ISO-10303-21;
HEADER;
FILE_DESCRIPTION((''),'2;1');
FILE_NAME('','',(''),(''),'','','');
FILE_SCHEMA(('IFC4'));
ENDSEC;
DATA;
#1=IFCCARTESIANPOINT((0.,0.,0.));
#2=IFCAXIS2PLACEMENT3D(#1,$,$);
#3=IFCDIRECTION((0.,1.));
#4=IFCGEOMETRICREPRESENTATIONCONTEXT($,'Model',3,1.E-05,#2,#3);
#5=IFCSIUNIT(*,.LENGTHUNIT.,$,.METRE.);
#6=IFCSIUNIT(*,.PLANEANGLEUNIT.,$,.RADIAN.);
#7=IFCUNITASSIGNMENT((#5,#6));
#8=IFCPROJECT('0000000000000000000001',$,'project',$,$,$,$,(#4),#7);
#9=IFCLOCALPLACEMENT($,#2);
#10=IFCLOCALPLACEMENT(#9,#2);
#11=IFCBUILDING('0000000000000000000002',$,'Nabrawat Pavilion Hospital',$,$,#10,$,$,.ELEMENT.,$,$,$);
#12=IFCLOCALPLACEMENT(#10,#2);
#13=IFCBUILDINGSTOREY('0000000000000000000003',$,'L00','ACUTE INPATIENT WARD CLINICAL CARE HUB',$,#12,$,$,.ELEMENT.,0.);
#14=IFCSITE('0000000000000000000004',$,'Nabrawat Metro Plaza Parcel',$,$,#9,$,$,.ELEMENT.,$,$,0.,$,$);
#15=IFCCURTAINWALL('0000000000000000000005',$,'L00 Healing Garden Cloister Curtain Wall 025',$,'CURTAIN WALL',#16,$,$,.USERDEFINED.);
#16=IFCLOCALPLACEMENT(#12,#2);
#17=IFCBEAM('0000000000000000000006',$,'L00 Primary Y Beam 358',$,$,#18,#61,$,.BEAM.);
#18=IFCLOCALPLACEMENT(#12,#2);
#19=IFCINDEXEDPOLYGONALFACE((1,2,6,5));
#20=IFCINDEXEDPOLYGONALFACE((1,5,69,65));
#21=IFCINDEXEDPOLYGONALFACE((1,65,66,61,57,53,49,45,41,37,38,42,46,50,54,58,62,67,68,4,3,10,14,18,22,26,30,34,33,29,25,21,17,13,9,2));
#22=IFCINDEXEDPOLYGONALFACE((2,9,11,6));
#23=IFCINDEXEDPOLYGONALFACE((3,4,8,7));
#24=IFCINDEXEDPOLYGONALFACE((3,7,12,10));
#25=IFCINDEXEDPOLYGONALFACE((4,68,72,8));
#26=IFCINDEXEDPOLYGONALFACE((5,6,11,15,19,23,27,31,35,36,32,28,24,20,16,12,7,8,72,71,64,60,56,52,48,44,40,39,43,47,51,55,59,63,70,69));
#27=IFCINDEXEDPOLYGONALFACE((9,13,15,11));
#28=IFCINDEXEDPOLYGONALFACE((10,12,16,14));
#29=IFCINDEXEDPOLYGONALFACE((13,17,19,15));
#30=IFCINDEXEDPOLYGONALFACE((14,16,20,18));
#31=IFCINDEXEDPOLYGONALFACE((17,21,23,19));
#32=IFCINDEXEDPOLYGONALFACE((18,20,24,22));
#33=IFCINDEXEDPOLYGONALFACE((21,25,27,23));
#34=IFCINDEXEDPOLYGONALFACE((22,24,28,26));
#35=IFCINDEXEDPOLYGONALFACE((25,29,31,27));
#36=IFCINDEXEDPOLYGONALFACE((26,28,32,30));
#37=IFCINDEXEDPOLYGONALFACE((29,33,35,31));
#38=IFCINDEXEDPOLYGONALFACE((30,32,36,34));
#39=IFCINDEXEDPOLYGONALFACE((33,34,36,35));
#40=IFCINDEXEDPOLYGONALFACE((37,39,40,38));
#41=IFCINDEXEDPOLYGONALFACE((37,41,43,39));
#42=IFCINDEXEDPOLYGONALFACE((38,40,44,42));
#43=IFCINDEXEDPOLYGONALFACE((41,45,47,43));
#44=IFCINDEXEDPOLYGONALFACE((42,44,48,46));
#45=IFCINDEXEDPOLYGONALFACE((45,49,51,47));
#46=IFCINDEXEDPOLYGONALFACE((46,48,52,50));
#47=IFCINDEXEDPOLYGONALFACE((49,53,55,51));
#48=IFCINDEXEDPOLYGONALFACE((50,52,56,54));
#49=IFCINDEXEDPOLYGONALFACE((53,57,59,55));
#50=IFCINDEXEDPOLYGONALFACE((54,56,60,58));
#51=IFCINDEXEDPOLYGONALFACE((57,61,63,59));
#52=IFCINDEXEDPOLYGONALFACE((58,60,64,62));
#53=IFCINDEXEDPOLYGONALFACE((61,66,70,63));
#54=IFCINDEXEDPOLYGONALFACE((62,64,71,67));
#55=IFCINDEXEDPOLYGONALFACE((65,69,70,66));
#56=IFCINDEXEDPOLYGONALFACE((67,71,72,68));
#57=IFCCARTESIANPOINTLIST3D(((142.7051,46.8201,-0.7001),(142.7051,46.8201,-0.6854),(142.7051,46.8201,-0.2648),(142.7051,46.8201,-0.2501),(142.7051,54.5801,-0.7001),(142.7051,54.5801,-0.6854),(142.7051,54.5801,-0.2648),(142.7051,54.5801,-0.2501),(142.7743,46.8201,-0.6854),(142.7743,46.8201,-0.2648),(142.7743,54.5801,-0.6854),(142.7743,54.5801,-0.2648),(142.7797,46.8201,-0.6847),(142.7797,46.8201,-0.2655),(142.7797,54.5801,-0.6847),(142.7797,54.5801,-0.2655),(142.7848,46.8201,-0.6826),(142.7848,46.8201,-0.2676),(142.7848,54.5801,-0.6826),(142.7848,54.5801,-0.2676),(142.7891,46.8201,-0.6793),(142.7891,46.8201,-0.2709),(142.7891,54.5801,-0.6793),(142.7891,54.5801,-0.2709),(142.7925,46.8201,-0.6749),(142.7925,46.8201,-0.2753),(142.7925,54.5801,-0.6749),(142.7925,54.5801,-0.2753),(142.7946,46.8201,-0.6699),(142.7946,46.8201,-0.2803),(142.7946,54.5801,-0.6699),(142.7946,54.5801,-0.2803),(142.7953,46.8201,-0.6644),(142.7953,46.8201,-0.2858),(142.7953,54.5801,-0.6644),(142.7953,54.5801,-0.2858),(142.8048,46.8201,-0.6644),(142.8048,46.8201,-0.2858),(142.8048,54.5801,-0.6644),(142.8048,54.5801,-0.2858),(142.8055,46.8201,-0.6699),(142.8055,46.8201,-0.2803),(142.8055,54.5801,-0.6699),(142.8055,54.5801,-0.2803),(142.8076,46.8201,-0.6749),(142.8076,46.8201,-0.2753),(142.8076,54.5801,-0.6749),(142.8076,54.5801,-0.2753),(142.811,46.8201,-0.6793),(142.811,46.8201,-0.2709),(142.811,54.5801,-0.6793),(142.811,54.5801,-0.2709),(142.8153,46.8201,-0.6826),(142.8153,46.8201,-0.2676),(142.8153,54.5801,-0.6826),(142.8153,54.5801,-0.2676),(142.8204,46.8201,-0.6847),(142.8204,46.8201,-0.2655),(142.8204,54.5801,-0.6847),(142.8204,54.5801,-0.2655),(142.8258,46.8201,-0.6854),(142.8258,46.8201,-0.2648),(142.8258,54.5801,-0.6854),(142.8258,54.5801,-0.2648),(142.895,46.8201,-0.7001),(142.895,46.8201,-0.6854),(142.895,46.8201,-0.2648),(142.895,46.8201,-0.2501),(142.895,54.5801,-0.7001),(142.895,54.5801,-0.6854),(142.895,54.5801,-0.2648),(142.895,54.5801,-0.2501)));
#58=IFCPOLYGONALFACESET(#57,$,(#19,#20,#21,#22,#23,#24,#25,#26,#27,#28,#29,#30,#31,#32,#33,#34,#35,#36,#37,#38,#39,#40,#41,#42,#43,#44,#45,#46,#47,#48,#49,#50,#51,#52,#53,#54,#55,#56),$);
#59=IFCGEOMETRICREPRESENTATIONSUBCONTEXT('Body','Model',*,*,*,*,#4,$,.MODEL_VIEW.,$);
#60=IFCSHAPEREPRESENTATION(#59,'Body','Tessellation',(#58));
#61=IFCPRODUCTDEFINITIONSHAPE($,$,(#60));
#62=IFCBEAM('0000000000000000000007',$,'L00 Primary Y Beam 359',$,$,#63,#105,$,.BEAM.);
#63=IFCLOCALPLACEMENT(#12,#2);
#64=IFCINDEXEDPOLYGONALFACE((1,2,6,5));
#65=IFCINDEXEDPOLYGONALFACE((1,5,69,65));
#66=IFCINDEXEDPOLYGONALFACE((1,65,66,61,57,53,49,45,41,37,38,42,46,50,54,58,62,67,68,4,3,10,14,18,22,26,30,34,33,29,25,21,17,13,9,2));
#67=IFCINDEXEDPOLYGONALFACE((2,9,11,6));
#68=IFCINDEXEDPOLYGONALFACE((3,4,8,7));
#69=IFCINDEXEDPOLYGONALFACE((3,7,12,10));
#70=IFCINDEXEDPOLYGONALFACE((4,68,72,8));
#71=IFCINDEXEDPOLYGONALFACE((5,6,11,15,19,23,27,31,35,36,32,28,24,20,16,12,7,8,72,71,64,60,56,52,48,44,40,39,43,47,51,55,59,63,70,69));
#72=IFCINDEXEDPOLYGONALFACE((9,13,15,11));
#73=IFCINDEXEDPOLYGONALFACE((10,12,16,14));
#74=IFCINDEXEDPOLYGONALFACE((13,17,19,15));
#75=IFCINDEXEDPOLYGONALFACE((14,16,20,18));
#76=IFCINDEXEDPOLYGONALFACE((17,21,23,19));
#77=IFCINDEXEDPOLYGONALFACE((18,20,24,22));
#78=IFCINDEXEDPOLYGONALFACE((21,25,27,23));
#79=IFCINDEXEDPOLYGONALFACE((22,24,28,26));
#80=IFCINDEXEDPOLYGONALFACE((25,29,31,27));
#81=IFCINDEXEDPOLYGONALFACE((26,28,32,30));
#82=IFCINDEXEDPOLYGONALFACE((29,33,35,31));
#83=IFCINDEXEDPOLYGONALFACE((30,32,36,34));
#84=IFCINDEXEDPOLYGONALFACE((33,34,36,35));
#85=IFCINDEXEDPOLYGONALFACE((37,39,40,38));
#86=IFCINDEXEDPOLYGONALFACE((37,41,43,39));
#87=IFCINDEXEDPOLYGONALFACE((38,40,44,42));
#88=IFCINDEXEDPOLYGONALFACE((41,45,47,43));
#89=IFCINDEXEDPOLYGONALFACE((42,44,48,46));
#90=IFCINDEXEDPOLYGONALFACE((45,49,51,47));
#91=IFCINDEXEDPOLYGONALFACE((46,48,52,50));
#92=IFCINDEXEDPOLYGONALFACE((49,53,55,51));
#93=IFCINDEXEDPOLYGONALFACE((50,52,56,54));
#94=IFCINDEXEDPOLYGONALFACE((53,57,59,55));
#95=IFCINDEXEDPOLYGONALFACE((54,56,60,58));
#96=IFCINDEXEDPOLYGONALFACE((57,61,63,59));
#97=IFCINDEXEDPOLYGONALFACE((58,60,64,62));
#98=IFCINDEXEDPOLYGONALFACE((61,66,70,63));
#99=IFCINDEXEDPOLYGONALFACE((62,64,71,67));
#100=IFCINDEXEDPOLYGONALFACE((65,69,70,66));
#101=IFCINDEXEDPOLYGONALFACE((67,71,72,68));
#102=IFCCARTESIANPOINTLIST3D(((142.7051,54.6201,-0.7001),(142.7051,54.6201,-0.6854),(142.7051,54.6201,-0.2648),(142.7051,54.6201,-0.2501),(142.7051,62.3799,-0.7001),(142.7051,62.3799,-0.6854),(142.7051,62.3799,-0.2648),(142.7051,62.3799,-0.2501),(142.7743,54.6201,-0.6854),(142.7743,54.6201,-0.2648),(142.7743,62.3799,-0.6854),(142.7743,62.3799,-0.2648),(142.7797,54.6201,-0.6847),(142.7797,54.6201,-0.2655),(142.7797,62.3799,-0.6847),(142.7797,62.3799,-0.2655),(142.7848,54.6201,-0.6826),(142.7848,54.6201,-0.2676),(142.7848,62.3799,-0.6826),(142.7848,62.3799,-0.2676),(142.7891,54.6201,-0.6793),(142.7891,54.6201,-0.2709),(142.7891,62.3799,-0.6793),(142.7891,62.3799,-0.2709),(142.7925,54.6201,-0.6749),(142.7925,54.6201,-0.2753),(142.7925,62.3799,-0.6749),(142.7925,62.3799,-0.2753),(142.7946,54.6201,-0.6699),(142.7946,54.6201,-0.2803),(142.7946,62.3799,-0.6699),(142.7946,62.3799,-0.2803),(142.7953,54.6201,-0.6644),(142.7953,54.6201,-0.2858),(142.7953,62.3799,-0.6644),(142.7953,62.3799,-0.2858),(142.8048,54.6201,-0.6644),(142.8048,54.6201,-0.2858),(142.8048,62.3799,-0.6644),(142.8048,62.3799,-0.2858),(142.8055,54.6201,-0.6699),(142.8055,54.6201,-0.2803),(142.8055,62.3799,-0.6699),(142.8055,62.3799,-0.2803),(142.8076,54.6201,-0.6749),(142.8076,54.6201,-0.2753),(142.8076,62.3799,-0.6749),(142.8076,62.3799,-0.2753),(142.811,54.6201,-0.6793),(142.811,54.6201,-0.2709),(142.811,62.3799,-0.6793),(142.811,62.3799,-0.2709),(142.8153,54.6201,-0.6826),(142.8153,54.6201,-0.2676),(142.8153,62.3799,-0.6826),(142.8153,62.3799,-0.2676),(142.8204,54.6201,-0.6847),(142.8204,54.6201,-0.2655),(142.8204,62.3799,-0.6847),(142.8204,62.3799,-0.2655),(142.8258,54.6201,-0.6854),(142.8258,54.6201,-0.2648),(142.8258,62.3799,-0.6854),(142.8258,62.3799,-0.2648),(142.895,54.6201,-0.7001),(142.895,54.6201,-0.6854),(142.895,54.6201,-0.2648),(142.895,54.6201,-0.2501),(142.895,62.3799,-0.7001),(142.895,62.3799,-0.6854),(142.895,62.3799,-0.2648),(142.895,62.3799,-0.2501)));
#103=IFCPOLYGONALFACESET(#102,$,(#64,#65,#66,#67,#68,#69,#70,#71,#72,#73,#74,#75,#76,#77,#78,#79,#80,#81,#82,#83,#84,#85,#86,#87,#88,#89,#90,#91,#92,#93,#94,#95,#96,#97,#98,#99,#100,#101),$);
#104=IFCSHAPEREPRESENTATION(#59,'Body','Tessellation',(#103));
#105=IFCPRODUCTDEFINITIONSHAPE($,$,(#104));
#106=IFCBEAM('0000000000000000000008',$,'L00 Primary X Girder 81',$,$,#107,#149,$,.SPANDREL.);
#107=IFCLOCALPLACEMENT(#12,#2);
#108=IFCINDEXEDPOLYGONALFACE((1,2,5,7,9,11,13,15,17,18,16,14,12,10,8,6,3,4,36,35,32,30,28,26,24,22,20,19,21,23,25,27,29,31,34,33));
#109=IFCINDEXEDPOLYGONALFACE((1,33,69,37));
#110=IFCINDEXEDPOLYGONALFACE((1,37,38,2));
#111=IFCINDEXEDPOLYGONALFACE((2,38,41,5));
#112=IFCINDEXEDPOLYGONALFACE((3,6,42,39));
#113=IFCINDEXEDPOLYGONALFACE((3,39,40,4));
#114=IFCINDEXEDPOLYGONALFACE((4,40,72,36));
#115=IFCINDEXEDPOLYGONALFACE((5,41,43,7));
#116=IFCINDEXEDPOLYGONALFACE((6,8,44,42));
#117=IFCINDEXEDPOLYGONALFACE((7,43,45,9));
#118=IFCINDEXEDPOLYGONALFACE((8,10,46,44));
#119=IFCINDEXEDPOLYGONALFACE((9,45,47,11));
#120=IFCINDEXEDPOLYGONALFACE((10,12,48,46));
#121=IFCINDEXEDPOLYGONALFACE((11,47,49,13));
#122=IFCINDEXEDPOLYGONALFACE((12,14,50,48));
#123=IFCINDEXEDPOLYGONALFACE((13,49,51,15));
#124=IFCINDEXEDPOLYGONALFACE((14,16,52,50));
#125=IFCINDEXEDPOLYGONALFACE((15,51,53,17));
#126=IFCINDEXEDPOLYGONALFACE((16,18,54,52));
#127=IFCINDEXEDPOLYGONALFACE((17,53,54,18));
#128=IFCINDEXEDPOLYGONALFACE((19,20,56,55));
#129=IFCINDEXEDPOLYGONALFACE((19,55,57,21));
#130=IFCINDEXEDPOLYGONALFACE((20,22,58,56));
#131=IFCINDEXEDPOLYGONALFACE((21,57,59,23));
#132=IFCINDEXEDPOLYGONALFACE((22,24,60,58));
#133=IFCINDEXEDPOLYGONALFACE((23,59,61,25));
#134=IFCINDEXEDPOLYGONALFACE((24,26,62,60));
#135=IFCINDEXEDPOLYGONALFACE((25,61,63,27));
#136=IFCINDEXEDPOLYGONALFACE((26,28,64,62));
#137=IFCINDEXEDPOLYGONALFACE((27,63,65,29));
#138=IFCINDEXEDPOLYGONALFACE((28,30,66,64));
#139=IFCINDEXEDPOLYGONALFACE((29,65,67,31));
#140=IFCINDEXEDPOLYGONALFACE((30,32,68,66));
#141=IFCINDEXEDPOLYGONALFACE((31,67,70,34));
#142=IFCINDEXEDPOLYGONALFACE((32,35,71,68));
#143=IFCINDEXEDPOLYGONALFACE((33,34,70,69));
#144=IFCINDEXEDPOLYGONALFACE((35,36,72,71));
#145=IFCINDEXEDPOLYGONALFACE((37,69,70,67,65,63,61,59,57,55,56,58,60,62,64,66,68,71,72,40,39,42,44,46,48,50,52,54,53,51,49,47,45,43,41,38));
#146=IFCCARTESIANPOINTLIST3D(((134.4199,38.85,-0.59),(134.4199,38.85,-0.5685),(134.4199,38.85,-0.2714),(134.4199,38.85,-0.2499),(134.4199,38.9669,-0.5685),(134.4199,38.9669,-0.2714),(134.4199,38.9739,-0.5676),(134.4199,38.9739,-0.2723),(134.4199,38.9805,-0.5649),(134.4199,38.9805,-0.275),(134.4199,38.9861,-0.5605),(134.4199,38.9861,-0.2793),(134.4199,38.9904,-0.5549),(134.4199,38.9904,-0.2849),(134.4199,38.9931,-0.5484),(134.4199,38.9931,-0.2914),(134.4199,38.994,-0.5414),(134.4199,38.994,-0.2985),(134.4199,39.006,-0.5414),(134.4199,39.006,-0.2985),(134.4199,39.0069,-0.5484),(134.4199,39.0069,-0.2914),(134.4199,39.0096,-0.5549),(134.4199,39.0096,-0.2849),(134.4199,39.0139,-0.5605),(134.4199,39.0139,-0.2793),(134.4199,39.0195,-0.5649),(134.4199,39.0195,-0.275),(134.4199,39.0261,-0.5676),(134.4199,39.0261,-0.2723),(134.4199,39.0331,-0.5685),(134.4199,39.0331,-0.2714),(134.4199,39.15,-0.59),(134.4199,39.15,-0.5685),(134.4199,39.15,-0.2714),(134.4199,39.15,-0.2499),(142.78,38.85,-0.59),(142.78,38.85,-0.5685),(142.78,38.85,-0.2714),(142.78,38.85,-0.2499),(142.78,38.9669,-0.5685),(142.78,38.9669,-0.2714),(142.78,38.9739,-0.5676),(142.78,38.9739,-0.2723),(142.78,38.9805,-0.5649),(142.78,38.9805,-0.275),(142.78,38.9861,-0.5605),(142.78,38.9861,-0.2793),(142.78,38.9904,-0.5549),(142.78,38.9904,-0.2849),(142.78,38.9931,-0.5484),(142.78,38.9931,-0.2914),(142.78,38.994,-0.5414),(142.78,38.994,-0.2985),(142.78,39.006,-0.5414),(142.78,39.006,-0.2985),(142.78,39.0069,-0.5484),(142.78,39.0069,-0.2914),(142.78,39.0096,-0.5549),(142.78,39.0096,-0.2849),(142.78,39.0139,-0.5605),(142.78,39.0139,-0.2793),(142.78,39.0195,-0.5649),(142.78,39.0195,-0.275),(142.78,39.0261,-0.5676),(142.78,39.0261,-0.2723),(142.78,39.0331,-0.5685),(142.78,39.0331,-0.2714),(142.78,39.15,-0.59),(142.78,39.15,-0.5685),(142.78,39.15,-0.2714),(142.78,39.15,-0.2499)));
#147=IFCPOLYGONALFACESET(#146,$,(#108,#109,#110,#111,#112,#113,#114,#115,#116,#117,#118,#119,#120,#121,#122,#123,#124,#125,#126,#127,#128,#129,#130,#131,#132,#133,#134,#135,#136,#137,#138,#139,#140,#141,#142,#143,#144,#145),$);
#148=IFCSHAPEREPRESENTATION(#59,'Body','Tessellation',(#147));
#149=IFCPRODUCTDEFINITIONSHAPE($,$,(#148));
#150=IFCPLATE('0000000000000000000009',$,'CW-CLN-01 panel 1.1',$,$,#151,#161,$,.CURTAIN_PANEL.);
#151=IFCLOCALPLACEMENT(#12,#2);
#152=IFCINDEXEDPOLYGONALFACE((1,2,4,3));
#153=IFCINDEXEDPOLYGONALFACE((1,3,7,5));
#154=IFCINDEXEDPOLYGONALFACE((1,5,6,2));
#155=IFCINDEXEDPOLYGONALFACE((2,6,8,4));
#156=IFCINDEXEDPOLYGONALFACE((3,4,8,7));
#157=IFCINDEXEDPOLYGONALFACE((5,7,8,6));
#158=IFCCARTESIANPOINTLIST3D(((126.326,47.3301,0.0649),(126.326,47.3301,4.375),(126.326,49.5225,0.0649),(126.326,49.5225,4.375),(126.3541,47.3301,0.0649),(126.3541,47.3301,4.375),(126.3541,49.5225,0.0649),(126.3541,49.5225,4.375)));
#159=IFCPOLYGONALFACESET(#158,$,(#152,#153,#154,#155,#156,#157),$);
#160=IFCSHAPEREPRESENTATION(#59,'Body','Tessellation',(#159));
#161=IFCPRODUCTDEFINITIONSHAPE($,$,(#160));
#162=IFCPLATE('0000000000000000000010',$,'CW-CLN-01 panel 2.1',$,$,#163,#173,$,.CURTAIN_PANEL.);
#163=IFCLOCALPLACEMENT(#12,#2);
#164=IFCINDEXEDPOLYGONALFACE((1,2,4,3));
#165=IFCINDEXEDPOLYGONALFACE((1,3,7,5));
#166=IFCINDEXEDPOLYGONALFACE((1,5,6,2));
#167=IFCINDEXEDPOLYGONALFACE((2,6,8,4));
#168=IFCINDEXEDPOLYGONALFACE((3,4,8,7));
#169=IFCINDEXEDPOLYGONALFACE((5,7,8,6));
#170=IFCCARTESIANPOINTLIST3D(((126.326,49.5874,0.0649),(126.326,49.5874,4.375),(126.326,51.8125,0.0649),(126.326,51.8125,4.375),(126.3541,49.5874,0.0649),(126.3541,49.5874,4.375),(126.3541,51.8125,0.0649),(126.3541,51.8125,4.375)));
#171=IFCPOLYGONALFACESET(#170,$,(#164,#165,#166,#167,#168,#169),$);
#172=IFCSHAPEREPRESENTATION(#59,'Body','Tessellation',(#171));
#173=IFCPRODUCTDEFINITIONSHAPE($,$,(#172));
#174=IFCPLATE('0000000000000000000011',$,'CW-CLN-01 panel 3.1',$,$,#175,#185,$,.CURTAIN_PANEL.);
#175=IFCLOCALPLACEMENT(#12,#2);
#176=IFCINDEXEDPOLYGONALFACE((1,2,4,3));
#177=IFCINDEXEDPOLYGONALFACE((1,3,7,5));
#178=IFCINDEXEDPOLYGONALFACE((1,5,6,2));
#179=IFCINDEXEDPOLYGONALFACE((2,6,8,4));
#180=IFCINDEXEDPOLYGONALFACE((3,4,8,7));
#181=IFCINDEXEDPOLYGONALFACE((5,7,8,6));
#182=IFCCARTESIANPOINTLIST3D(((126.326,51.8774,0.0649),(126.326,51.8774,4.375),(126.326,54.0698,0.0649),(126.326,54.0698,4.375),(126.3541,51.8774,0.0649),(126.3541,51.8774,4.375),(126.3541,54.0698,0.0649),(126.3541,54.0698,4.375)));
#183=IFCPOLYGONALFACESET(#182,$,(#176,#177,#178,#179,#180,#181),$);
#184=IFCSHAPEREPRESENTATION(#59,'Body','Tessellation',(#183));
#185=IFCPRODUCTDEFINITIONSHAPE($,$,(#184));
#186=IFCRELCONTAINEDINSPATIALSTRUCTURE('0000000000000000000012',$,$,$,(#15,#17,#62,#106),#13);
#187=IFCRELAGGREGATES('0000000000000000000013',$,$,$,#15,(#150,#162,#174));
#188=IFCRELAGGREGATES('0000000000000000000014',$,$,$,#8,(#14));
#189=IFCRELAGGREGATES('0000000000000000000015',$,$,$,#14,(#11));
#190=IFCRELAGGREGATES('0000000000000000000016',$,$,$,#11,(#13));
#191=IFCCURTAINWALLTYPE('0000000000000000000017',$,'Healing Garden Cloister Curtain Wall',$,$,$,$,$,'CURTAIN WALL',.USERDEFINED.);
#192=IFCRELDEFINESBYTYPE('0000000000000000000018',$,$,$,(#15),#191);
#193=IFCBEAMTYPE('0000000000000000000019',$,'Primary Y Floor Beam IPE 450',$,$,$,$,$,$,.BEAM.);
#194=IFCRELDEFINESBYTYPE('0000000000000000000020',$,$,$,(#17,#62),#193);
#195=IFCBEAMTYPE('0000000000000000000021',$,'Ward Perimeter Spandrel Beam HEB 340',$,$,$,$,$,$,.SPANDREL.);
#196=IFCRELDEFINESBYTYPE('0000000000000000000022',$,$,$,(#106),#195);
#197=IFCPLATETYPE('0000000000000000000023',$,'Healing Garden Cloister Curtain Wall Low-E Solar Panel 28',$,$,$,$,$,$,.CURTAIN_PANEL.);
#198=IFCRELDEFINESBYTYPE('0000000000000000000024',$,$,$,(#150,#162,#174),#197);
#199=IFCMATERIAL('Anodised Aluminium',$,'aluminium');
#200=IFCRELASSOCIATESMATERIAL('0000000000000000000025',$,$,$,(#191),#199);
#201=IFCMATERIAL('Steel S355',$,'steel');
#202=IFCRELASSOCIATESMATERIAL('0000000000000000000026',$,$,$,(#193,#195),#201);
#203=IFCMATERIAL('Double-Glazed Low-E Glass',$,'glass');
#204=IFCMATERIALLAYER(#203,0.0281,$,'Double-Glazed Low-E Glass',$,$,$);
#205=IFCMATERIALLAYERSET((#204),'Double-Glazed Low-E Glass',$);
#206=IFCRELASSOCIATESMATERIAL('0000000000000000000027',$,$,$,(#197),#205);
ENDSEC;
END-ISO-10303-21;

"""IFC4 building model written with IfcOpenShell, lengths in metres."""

from ifc_helpers import new_model, si_unit, direction, frame, origin, origin_2d, place, context, subcontext, project, spatial, rectangle, i_section, extrude, material, layer, layer_set, material_profile, profile_set, type_object, element, aggregate, save


model = new_model("IFC4")

# Units and contexts
model_context = context("Model", 3, precision=1e-05, world=origin(), true_north=direction((0.0, 1.0)))
body_context = subcontext(model_context, "Body", "Model", "MODEL_VIEW")
ifc_project = project(units=[si_unit("LENGTHUNIT", "METRE"), si_unit("PLANEANGLEUNIT", "RADIAN")], contexts=[model_context])

# Site, building, storey
site_placement = place(None, origin())
site = spatial("IfcSite", under=ifc_project, at=site_placement, Name="Nabrawat Metro Plaza Parcel", CompositionType="ELEMENT", RefElevation=0.0)
building_placement = place(site_placement, origin())
building = spatial("IfcBuilding", under=site, at=building_placement, Name="Nabrawat Pavilion Hospital", CompositionType="ELEMENT")
storey_placement = place(building_placement, origin())
storey = spatial("IfcBuildingStorey", under=building, at=storey_placement, Name="L00", Description="ACUTE INPATIENT WARD CLINICAL CARE HUB", CompositionType="ELEMENT", Elevation=0.0)

# Shared definitions
ifc_material_1 = material(Name="Steel S355", Category="steel")

# Curtain wall
ifc_material_2 = material(Name="Anodised Aluminium", Category="aluminium")
curtain_wall_type = type_object("IfcCurtainWallType", Name="Healing Garden Cloister Curtain Wall", ElementType="CURTAIN WALL", PredefinedType="USERDEFINED", material=ifc_material_2)
curtain_wall_placement = place(storey_placement, origin())
curtain_wall = element("IfcCurtainWall", 1, at=curtain_wall_placement, inside=storey, type_object=curtain_wall_type, Name="L00 Healing Garden Cloister Curtain Wall 025", ObjectType="CURTAIN WALL", PredefinedType="USERDEFINED")

# Beams
ifc_material_profile_1 = material_profile(ifc_material_1, i_section(OverallWidth=0.1899, OverallDepth=0.45, WebThickness=0.0095, FlangeThickness=0.0146, FilletRadius=0.021, at=origin_2d()), Name="IPE 450")
ifc_profile_set_1 = profile_set([ifc_material_profile_1], Name="Steel S355")
beam_type_1 = type_object("IfcBeamType", Name="Primary Y Floor Beam IPE 450", PredefinedType="BEAM", material=ifc_profile_set_1)
for number, where, z_axis, x_axis, name in (
    (2, (142.8, 46.8201, -0.4751), (0.0, 1.0, 0.0), (-1.0, 0.0, 0.0), "L00 Primary Y Beam 358"),
):
    element("IfcBeam", number, at=place(storey_placement, frame(where, z_axis=z_axis, x_axis=x_axis)), inside=storey, type_object=beam_type_1, Name=name, PredefinedType="BEAM", context=body_context, shape_type="SweptSolid", body=[
        extrude(i_section(OverallWidth=0.1899, OverallDepth=0.45, WebThickness=0.0095, FlangeThickness=0.0146, FilletRadius=0.021, at=origin_2d()), origin(), (0.0, 0.0, 1.0), 7.76),
    ])
beam_1_placement = place(storey_placement, frame((142.8, 54.6201, -0.4751), z_axis=(0.0, 1.0, 0.0), x_axis=(-1.0, 0.0, 0.0)))
element("IfcBeam", 3, at=beam_1_placement, inside=storey, type_object=beam_type_1, Name="L00 Primary Y Beam 359", PredefinedType="BEAM", context=body_context, shape_type="SweptSolid", body=[
    extrude(i_section(OverallWidth=0.1899, OverallDepth=0.45, WebThickness=0.0095, FlangeThickness=0.0146, FilletRadius=0.021, at=origin_2d()), origin(), (0.0, 0.0, 1.0), 7.7598),
])
ifc_material_profile_2 = material_profile(ifc_material_1, i_section(OverallWidth=0.3, OverallDepth=0.3401, WebThickness=0.012, FlangeThickness=0.0215, FilletRadius=0.0271, at=origin_2d()), Name="HEB 340")
ifc_profile_set_2 = profile_set([ifc_material_profile_2], Name="Steel S355")
beam_type_2 = type_object("IfcBeamType", Name="Ward Perimeter Spandrel Beam HEB 340", PredefinedType="SPANDREL", material=ifc_profile_set_2)
beam_2_placement = place(storey_placement, frame((134.4199, 39.0, -0.4199), z_axis=(1.0, 0.0, 0.0), x_axis=(0.0, 1.0, 0.0)))
element("IfcBeam", 4, at=beam_2_placement, inside=storey, type_object=beam_type_2, Name="L00 Primary X Girder 81", PredefinedType="SPANDREL", context=body_context, shape_type="SweptSolid", body=[
    extrude(i_section(OverallWidth=0.3, OverallDepth=0.3401, WebThickness=0.012, FlangeThickness=0.0215, FilletRadius=0.0271, at=origin_2d()), origin(), (0.0, 0.0, 1.0), 8.3601),
])

# Plates
ifc_material_3 = material(Name="Double-Glazed Low-E Glass", Category="glass")
ifc_layer_1 = layer(ifc_material_3, 0.0281, Name="Double-Glazed Low-E Glass")
ifc_layer_set_1 = layer_set([ifc_layer_1], Name="Double-Glazed Low-E Glass")
plate_type = type_object("IfcPlateType", Name="Healing Garden Cloister Curtain Wall Low-E Solar Panel 28", PredefinedType="CURTAIN_PANEL", material=ifc_layer_set_1)
plate_1_placement = place(storey_placement, frame((126.3401, 48.4263, 0.0649), z_axis=(0.0, 0.0, 1.0), x_axis=(0.0, 1.0, 0.0)))
plate_1 = element("IfcPlate", 5, at=plate_1_placement, type_object=plate_type, Name="CW-CLN-01 panel 1.1", PredefinedType="CURTAIN_PANEL", context=body_context, shape_type="SweptSolid", body=[
    extrude(rectangle(XDim=2.1924, YDim=0.0281, at=origin_2d()), origin(), (0.0, 0.0, 1.0), 4.3101),
])
plate_2_placement = place(storey_placement, frame((126.3401, 50.7, 0.0649), z_axis=(0.0, 0.0, 1.0), x_axis=(0.0, 1.0, 0.0)))
plate_2 = element("IfcPlate", 6, at=plate_2_placement, type_object=plate_type, Name="CW-CLN-01 panel 2.1", PredefinedType="CURTAIN_PANEL", context=body_context, shape_type="SweptSolid", body=[
    extrude(rectangle(XDim=2.2251, YDim=0.0281, at=origin_2d()), origin(), (0.0, 0.0, 1.0), 4.3101),
])
plate_3_placement = place(storey_placement, frame((126.3401, 52.9736, 0.0649), z_axis=(0.0, 0.0, 1.0), x_axis=(0.0, 1.0, 0.0)))
plate_3 = element("IfcPlate", 7, at=plate_3_placement, type_object=plate_type, Name="CW-CLN-01 panel 3.1", PredefinedType="CURTAIN_PANEL", context=body_context, shape_type="SweptSolid", body=[
    extrude(rectangle(XDim=2.1924, YDim=0.0281, at=origin_2d()), origin(), (0.0, 0.0, 1.0), 4.3101),
])
aggregate(curtain_wall, [plate_1, plate_2, plate_3])

save(model, "model.ifc")
